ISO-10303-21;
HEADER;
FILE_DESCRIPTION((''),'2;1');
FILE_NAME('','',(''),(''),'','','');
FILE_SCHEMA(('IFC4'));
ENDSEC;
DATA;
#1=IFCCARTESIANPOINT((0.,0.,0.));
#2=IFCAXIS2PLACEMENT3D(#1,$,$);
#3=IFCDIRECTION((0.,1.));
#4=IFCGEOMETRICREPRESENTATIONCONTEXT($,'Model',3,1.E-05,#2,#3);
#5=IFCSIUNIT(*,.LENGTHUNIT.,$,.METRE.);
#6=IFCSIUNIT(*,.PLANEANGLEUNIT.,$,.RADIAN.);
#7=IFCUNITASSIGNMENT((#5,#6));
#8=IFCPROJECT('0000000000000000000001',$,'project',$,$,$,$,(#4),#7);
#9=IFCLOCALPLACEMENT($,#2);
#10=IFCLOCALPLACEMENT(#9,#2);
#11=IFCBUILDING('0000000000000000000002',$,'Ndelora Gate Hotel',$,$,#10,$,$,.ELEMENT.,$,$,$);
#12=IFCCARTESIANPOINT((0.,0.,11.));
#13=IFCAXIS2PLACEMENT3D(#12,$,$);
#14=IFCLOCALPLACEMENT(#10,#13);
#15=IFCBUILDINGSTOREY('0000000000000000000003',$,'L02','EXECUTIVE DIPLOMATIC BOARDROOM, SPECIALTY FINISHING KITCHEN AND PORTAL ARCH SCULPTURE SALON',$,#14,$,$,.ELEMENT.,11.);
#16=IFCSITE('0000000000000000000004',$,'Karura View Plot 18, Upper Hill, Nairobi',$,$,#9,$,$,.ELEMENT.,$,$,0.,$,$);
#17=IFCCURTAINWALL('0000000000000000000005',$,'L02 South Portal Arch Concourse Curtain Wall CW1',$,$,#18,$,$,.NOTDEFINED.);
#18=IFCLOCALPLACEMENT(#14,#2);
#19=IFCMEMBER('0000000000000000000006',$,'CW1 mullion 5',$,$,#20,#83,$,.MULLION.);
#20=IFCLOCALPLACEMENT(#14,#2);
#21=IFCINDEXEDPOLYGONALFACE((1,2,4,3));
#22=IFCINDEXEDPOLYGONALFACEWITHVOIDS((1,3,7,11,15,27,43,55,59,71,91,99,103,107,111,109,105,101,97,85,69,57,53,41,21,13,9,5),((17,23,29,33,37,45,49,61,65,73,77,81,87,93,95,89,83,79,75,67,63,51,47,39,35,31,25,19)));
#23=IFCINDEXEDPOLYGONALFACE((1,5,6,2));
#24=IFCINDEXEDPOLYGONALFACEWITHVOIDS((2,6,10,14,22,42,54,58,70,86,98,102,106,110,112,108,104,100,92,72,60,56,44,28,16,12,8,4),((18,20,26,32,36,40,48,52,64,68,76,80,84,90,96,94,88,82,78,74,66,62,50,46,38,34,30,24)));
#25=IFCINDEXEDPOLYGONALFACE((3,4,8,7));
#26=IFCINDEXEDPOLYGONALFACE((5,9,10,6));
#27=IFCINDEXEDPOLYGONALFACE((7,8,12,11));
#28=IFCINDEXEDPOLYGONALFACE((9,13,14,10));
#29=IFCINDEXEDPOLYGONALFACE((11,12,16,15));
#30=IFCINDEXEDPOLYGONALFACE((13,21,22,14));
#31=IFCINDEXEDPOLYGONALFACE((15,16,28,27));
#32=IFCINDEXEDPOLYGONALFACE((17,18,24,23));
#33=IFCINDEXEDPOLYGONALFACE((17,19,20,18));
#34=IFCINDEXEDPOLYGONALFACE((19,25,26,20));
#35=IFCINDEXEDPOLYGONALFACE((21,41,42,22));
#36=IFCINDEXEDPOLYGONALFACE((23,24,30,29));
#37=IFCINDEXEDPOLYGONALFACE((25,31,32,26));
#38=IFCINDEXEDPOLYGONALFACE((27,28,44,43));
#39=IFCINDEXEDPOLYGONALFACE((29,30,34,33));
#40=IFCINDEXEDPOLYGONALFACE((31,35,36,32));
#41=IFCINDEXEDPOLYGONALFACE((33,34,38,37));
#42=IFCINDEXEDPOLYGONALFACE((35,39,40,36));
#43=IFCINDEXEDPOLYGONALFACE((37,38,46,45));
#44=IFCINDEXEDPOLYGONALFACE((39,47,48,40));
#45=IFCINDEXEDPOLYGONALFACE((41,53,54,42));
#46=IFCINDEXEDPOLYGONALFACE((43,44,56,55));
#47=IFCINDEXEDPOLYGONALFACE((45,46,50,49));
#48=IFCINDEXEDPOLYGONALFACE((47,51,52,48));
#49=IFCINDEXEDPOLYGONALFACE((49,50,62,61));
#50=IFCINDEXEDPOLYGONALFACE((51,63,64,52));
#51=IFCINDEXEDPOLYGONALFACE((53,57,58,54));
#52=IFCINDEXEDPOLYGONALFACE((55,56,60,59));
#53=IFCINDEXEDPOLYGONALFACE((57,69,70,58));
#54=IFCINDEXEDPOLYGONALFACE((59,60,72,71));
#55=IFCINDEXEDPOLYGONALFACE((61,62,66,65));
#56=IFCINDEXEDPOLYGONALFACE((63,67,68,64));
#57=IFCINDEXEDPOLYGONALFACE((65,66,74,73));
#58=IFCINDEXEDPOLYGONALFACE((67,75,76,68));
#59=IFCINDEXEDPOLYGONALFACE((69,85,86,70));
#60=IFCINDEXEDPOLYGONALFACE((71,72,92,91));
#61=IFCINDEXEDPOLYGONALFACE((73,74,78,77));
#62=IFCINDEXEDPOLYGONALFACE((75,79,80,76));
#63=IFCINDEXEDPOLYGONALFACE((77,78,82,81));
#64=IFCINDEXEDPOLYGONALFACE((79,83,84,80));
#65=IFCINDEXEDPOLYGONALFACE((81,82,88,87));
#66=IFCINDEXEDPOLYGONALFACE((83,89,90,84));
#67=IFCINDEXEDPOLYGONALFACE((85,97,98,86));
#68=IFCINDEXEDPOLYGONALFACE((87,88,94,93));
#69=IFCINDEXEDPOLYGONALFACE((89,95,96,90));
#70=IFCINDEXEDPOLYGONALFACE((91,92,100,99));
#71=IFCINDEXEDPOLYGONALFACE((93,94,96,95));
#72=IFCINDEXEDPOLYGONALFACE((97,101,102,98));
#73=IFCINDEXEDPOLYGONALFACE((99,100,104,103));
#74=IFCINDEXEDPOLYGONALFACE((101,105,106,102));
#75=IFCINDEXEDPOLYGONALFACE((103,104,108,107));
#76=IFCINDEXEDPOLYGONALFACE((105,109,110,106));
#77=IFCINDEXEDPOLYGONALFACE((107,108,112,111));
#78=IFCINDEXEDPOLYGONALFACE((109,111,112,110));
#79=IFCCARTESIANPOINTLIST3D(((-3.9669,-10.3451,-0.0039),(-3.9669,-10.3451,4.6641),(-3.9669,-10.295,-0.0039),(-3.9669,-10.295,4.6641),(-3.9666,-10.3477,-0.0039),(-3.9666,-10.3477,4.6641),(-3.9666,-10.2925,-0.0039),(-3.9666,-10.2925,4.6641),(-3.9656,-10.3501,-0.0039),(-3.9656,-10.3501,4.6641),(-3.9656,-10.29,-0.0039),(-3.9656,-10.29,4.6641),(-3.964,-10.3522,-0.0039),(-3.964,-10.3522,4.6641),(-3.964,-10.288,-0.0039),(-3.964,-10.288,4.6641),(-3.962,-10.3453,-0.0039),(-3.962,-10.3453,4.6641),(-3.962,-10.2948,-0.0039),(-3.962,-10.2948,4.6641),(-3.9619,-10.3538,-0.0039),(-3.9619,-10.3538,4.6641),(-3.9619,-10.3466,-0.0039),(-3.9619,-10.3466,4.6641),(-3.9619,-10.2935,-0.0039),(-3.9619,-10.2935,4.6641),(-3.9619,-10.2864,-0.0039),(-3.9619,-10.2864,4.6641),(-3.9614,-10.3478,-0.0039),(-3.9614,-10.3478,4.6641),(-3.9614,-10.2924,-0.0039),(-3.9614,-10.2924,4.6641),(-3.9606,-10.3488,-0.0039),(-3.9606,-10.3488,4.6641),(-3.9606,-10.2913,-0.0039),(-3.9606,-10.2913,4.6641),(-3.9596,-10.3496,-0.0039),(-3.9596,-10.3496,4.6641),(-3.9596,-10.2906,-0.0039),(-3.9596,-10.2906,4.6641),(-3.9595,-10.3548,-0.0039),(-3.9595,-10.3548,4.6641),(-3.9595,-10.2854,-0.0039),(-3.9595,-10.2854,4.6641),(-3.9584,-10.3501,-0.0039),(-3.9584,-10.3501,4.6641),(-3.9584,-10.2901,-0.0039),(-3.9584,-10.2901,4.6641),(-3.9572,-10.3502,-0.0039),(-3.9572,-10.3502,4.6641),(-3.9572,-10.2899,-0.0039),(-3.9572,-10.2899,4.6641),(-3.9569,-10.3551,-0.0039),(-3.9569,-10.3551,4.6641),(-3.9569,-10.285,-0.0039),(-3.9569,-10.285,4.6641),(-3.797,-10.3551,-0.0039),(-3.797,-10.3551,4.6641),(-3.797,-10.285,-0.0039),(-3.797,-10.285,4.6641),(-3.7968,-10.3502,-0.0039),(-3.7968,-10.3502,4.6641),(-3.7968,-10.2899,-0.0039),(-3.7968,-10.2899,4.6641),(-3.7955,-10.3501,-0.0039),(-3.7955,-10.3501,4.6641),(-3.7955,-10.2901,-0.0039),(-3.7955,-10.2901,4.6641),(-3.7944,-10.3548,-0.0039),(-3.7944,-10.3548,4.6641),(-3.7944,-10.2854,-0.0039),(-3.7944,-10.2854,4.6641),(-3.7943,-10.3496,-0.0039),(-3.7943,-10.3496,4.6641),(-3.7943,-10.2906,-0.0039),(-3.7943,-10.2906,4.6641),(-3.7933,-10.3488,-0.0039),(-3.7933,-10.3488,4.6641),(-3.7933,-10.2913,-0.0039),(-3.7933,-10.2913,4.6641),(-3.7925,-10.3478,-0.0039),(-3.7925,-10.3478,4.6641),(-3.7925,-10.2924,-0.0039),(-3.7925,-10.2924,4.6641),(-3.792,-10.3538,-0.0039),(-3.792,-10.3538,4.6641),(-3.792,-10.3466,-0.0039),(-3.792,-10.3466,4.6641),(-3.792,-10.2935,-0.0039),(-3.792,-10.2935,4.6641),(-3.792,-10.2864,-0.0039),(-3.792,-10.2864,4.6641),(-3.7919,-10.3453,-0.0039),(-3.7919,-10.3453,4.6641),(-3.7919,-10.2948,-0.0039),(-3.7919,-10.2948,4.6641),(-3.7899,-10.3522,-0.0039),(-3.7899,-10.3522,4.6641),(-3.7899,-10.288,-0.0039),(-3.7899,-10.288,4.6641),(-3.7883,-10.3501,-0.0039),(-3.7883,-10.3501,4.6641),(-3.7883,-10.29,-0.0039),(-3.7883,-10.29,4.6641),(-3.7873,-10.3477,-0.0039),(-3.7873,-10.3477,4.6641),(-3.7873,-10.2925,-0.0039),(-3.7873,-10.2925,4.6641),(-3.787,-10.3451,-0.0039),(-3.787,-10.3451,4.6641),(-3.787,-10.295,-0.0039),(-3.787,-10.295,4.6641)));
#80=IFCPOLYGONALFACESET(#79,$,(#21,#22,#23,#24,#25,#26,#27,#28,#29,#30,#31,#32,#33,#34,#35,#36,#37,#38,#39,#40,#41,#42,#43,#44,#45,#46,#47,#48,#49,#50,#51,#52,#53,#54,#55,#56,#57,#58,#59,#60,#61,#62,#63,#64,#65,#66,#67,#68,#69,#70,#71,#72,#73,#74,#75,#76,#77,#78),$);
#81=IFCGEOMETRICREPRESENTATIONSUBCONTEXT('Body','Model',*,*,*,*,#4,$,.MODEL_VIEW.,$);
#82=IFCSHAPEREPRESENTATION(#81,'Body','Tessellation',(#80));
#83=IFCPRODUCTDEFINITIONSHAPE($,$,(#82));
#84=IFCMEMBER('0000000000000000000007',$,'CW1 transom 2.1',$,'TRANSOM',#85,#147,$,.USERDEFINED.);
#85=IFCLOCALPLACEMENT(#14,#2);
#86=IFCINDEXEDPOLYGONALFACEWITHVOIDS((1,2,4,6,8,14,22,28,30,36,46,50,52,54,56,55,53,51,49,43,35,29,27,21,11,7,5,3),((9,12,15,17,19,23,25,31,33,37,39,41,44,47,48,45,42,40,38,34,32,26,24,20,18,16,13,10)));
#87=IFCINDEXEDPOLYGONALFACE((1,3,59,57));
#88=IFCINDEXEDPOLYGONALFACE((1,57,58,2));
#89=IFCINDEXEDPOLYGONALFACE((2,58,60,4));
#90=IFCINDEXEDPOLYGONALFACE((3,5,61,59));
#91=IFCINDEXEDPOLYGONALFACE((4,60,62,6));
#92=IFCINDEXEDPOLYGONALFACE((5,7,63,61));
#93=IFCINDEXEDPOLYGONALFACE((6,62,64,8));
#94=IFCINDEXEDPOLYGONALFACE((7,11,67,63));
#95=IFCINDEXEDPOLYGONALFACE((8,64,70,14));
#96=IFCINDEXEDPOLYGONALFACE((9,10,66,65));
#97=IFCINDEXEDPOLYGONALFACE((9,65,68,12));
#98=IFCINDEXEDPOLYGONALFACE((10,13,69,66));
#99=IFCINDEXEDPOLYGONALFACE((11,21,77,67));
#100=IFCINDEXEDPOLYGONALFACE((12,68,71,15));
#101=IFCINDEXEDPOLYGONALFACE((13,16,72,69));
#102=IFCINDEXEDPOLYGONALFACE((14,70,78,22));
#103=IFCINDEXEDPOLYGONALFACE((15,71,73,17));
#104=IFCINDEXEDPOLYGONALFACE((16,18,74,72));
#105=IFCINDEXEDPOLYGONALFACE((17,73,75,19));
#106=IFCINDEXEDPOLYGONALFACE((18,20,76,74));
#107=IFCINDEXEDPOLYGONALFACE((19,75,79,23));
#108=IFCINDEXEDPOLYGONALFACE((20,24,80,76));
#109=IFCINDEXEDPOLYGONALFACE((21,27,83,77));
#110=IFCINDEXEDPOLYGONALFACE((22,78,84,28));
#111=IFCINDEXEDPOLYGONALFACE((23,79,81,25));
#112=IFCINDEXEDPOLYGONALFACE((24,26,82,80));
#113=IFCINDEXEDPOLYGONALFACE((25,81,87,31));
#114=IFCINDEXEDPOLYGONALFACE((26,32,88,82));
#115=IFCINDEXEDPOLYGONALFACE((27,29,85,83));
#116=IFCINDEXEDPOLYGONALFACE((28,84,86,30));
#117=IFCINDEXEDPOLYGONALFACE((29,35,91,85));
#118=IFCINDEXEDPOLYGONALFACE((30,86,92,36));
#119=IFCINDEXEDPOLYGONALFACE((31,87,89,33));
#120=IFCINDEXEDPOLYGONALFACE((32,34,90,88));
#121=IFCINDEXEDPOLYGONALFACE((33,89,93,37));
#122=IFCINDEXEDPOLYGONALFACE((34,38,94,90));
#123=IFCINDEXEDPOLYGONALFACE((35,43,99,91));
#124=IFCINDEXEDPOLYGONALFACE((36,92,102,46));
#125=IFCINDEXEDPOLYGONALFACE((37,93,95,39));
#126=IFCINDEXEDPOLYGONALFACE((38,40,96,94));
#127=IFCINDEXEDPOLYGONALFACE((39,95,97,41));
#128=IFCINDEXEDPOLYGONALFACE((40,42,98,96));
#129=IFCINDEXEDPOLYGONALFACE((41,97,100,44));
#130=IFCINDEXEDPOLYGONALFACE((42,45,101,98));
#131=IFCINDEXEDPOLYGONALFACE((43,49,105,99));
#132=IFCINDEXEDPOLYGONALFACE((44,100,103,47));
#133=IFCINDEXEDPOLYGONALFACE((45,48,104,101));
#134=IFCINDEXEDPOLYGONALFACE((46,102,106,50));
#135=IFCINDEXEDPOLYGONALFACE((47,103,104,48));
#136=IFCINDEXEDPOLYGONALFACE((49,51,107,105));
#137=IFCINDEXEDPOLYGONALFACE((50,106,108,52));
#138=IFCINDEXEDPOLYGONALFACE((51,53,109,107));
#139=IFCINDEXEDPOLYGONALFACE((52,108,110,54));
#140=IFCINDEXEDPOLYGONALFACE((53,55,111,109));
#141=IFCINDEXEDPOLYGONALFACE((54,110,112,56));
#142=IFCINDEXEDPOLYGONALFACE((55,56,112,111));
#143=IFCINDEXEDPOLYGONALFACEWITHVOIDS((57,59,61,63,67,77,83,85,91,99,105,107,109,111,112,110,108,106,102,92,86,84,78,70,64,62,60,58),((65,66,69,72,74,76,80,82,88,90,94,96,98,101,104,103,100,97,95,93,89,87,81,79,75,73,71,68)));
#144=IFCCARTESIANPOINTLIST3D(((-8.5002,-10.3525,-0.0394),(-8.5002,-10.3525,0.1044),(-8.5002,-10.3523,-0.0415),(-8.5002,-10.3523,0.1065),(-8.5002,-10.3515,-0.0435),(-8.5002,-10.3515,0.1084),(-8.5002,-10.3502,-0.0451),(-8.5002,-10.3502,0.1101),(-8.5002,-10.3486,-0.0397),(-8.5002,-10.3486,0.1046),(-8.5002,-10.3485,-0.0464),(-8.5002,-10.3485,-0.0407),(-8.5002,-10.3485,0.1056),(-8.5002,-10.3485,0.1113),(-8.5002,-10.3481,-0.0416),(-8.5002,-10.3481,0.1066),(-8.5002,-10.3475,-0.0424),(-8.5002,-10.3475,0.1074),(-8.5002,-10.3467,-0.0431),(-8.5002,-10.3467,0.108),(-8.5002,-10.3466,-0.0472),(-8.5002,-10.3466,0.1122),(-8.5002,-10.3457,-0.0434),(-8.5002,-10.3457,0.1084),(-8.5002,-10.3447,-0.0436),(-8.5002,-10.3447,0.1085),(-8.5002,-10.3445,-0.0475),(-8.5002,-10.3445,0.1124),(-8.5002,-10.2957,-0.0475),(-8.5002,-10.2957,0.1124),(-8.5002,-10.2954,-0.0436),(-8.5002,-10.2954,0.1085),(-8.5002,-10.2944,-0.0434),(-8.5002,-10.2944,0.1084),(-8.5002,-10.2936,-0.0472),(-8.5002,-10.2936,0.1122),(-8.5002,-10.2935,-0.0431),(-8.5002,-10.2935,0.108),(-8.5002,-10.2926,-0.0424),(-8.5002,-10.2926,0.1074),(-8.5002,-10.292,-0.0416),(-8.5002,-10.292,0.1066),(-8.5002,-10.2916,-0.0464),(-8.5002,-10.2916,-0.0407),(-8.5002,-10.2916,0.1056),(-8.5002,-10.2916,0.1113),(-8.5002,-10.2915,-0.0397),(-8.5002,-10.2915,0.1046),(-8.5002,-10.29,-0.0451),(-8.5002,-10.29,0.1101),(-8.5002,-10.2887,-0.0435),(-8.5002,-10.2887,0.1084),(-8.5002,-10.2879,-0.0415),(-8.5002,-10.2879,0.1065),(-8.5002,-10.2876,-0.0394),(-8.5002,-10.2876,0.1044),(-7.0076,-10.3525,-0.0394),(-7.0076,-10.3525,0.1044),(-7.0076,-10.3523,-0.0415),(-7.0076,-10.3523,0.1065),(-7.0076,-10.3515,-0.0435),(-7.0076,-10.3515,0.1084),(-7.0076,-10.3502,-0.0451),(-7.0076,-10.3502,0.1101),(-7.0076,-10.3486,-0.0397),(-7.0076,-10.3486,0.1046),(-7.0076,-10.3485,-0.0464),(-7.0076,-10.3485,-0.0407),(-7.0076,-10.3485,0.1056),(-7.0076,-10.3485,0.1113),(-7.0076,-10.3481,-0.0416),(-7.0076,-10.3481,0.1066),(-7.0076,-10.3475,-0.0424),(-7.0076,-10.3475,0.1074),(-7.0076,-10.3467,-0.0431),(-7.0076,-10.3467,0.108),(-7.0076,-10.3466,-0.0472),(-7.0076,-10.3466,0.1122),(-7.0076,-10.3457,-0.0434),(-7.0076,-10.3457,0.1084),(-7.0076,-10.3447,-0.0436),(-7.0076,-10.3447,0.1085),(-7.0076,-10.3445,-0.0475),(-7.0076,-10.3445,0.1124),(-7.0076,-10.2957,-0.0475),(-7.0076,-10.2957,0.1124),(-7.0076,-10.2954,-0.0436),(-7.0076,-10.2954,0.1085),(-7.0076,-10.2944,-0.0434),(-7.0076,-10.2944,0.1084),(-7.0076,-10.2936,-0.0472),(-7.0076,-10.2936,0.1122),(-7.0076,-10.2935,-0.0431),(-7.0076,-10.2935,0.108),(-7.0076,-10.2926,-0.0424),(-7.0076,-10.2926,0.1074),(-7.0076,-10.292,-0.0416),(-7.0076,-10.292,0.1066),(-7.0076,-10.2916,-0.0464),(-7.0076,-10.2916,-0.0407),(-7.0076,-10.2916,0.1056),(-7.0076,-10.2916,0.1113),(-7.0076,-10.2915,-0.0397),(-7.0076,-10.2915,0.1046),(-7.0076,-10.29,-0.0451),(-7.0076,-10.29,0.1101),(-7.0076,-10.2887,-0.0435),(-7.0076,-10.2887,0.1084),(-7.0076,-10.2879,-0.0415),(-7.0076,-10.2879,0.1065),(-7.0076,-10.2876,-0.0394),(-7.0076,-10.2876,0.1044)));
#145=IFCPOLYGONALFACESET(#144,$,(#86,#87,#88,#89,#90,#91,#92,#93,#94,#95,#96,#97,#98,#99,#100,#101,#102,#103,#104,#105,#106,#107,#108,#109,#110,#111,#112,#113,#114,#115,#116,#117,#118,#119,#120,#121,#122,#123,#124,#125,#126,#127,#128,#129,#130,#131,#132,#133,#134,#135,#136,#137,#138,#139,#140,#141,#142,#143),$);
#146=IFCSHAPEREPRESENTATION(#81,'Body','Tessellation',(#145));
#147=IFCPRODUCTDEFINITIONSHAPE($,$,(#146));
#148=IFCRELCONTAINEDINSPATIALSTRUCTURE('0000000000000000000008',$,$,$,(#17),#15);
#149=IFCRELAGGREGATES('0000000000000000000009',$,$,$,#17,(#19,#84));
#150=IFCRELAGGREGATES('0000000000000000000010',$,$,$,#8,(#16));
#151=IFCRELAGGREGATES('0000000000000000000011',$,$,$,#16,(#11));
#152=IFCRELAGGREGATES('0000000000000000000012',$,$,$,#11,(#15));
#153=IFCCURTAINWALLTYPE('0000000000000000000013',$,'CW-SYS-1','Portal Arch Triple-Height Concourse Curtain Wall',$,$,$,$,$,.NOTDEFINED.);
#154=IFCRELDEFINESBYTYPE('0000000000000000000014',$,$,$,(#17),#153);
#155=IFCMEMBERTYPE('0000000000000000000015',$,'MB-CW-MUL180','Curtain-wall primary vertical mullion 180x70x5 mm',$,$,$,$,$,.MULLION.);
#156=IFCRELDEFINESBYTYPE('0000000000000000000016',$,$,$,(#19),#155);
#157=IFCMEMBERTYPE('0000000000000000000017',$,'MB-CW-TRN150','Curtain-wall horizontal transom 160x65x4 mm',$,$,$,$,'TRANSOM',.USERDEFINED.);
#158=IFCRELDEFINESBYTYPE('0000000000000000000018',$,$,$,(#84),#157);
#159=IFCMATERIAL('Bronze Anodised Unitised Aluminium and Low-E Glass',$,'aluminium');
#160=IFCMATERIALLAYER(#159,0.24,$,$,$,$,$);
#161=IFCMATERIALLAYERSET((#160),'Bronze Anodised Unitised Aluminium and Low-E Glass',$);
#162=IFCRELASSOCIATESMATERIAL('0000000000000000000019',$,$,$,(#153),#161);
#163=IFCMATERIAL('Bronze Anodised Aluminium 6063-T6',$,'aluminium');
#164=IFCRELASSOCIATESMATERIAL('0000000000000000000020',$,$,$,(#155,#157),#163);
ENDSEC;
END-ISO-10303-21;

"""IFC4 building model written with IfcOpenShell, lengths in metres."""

from ifc_helpers import new_model, si_unit, direction, frame, origin, origin_2d, place, context, subcontext, project, spatial, hollow_rectangle, extrude, material, layer, layer_set, material_profile, profile_set, type_object, element, aggregate, save


model = new_model("IFC4")

# Units and contexts
model_context = context("Model", 3, precision=1e-05, world=origin(), true_north=direction((0.0, 1.0)))
body_context = subcontext(model_context, "Body", "Model", "MODEL_VIEW")
ifc_project = project(units=[si_unit("LENGTHUNIT", "METRE"), si_unit("PLANEANGLEUNIT", "RADIAN")], contexts=[model_context])

# Site, building, storey
site_placement = place(None, origin())
site = spatial("IfcSite", under=ifc_project, at=site_placement, Name="Karura View Plot 18, Upper Hill, Nairobi", CompositionType="ELEMENT", RefElevation=0.0)
building_placement = place(site_placement, origin())
building = spatial("IfcBuilding", under=site, at=building_placement, Name="Ndelora Gate Hotel", CompositionType="ELEMENT")
storey_placement = place(building_placement, frame((0.0, 0.0, 11.0)))
storey = spatial("IfcBuildingStorey", under=building, at=storey_placement, Name="L02", Description="EXECUTIVE DIPLOMATIC BOARDROOM, SPECIALTY FINISHING KITCHEN AND PORTAL ARCH SCULPTURE SALON", CompositionType="ELEMENT", Elevation=11.0)

# Curtain wall, members
ifc_material_1 = material(Name="Bronze Anodised Unitised Aluminium and Low-E Glass", Category="aluminium")
ifc_layer_1 = layer(ifc_material_1, 0.24)
ifc_layer_set_1 = layer_set([ifc_layer_1], Name="Bronze Anodised Unitised Aluminium and Low-E Glass")
curtain_wall_type = type_object("IfcCurtainWallType", Name="CW-SYS-1", Description="Portal Arch Triple-Height Concourse Curtain Wall", PredefinedType="NOTDEFINED", material=ifc_layer_set_1)
curtain_wall_placement = place(storey_placement, origin())
curtain_wall = element("IfcCurtainWall", 1, at=curtain_wall_placement, inside=storey, type_object=curtain_wall_type, Name="L02 South Portal Arch Concourse Curtain Wall CW1", PredefinedType="NOTDEFINED")
ifc_material_2 = material(Name="Bronze Anodised Aluminium 6063-T6", Category="aluminium")
ifc_material_profile_1 = material_profile(ifc_material_2, hollow_rectangle(XDim=0.0701, YDim=0.1799, WallThickness=0.0049, InnerFilletRadius=0.0049, OuterFilletRadius=0.01, at=origin_2d()), Name="ALU 180x70x5")
ifc_profile_set_1 = profile_set([ifc_material_profile_1], Name="Bronze Anodised Aluminium 6063-T6")
member_type_1 = type_object("IfcMemberType", Name="MB-CW-MUL180", Description="Curtain-wall primary vertical mullion 180x70x5 mm", PredefinedType="MULLION", material=ifc_profile_set_1)
member_1_placement = place(storey_placement, frame((-3.877, -10.3201, -0.0039), z_axis=(0.0, 0.0, 1.0), x_axis=(0.0, 1.0, 0.0)))
member_1 = element("IfcMember", 2, at=member_1_placement, type_object=member_type_1, Name="CW1 mullion 5", PredefinedType="MULLION", context=body_context, shape_type="SweptSolid", body=[
    extrude(hollow_rectangle(XDim=0.0701, YDim=0.1799, WallThickness=0.0049, InnerFilletRadius=0.0049, OuterFilletRadius=0.01, at=origin_2d()), origin(), (0.0, 0.0, 1.0), 4.668),
])
ifc_material_profile_2 = material_profile(ifc_material_2, hollow_rectangle(XDim=0.0649, YDim=0.1599, WallThickness=0.0039, InnerFilletRadius=0.0039, OuterFilletRadius=0.0081, at=origin_2d()), Name="ALU 160x65x4")
ifc_profile_set_2 = profile_set([ifc_material_profile_2], Name="Bronze Anodised Aluminium 6063-T6")
member_type_2 = type_object("IfcMemberType", Name="MB-CW-TRN150", Description="Curtain-wall horizontal transom 160x65x4 mm", ElementType="TRANSOM", PredefinedType="USERDEFINED", material=ifc_profile_set_2)
member_2_placement = place(storey_placement, frame((-8.5002, -10.3201, 0.0325), z_axis=(1.0, 0.0, 0.0), x_axis=(0.0, 1.0, 0.0)))
member_2 = element("IfcMember", 3, at=member_2_placement, type_object=member_type_2, Name="CW1 transom 2.1", ObjectType="TRANSOM", PredefinedType="USERDEFINED", context=body_context, shape_type="SweptSolid", body=[
    extrude(hollow_rectangle(XDim=0.0649, YDim=0.1599, WallThickness=0.0039, InnerFilletRadius=0.0039, OuterFilletRadius=0.0081, at=origin_2d()), origin(), (0.0, 0.0, 1.0), 1.4927),
])
aggregate(curtain_wall, [member_1, member_2])

save(model, "model.ifc")
